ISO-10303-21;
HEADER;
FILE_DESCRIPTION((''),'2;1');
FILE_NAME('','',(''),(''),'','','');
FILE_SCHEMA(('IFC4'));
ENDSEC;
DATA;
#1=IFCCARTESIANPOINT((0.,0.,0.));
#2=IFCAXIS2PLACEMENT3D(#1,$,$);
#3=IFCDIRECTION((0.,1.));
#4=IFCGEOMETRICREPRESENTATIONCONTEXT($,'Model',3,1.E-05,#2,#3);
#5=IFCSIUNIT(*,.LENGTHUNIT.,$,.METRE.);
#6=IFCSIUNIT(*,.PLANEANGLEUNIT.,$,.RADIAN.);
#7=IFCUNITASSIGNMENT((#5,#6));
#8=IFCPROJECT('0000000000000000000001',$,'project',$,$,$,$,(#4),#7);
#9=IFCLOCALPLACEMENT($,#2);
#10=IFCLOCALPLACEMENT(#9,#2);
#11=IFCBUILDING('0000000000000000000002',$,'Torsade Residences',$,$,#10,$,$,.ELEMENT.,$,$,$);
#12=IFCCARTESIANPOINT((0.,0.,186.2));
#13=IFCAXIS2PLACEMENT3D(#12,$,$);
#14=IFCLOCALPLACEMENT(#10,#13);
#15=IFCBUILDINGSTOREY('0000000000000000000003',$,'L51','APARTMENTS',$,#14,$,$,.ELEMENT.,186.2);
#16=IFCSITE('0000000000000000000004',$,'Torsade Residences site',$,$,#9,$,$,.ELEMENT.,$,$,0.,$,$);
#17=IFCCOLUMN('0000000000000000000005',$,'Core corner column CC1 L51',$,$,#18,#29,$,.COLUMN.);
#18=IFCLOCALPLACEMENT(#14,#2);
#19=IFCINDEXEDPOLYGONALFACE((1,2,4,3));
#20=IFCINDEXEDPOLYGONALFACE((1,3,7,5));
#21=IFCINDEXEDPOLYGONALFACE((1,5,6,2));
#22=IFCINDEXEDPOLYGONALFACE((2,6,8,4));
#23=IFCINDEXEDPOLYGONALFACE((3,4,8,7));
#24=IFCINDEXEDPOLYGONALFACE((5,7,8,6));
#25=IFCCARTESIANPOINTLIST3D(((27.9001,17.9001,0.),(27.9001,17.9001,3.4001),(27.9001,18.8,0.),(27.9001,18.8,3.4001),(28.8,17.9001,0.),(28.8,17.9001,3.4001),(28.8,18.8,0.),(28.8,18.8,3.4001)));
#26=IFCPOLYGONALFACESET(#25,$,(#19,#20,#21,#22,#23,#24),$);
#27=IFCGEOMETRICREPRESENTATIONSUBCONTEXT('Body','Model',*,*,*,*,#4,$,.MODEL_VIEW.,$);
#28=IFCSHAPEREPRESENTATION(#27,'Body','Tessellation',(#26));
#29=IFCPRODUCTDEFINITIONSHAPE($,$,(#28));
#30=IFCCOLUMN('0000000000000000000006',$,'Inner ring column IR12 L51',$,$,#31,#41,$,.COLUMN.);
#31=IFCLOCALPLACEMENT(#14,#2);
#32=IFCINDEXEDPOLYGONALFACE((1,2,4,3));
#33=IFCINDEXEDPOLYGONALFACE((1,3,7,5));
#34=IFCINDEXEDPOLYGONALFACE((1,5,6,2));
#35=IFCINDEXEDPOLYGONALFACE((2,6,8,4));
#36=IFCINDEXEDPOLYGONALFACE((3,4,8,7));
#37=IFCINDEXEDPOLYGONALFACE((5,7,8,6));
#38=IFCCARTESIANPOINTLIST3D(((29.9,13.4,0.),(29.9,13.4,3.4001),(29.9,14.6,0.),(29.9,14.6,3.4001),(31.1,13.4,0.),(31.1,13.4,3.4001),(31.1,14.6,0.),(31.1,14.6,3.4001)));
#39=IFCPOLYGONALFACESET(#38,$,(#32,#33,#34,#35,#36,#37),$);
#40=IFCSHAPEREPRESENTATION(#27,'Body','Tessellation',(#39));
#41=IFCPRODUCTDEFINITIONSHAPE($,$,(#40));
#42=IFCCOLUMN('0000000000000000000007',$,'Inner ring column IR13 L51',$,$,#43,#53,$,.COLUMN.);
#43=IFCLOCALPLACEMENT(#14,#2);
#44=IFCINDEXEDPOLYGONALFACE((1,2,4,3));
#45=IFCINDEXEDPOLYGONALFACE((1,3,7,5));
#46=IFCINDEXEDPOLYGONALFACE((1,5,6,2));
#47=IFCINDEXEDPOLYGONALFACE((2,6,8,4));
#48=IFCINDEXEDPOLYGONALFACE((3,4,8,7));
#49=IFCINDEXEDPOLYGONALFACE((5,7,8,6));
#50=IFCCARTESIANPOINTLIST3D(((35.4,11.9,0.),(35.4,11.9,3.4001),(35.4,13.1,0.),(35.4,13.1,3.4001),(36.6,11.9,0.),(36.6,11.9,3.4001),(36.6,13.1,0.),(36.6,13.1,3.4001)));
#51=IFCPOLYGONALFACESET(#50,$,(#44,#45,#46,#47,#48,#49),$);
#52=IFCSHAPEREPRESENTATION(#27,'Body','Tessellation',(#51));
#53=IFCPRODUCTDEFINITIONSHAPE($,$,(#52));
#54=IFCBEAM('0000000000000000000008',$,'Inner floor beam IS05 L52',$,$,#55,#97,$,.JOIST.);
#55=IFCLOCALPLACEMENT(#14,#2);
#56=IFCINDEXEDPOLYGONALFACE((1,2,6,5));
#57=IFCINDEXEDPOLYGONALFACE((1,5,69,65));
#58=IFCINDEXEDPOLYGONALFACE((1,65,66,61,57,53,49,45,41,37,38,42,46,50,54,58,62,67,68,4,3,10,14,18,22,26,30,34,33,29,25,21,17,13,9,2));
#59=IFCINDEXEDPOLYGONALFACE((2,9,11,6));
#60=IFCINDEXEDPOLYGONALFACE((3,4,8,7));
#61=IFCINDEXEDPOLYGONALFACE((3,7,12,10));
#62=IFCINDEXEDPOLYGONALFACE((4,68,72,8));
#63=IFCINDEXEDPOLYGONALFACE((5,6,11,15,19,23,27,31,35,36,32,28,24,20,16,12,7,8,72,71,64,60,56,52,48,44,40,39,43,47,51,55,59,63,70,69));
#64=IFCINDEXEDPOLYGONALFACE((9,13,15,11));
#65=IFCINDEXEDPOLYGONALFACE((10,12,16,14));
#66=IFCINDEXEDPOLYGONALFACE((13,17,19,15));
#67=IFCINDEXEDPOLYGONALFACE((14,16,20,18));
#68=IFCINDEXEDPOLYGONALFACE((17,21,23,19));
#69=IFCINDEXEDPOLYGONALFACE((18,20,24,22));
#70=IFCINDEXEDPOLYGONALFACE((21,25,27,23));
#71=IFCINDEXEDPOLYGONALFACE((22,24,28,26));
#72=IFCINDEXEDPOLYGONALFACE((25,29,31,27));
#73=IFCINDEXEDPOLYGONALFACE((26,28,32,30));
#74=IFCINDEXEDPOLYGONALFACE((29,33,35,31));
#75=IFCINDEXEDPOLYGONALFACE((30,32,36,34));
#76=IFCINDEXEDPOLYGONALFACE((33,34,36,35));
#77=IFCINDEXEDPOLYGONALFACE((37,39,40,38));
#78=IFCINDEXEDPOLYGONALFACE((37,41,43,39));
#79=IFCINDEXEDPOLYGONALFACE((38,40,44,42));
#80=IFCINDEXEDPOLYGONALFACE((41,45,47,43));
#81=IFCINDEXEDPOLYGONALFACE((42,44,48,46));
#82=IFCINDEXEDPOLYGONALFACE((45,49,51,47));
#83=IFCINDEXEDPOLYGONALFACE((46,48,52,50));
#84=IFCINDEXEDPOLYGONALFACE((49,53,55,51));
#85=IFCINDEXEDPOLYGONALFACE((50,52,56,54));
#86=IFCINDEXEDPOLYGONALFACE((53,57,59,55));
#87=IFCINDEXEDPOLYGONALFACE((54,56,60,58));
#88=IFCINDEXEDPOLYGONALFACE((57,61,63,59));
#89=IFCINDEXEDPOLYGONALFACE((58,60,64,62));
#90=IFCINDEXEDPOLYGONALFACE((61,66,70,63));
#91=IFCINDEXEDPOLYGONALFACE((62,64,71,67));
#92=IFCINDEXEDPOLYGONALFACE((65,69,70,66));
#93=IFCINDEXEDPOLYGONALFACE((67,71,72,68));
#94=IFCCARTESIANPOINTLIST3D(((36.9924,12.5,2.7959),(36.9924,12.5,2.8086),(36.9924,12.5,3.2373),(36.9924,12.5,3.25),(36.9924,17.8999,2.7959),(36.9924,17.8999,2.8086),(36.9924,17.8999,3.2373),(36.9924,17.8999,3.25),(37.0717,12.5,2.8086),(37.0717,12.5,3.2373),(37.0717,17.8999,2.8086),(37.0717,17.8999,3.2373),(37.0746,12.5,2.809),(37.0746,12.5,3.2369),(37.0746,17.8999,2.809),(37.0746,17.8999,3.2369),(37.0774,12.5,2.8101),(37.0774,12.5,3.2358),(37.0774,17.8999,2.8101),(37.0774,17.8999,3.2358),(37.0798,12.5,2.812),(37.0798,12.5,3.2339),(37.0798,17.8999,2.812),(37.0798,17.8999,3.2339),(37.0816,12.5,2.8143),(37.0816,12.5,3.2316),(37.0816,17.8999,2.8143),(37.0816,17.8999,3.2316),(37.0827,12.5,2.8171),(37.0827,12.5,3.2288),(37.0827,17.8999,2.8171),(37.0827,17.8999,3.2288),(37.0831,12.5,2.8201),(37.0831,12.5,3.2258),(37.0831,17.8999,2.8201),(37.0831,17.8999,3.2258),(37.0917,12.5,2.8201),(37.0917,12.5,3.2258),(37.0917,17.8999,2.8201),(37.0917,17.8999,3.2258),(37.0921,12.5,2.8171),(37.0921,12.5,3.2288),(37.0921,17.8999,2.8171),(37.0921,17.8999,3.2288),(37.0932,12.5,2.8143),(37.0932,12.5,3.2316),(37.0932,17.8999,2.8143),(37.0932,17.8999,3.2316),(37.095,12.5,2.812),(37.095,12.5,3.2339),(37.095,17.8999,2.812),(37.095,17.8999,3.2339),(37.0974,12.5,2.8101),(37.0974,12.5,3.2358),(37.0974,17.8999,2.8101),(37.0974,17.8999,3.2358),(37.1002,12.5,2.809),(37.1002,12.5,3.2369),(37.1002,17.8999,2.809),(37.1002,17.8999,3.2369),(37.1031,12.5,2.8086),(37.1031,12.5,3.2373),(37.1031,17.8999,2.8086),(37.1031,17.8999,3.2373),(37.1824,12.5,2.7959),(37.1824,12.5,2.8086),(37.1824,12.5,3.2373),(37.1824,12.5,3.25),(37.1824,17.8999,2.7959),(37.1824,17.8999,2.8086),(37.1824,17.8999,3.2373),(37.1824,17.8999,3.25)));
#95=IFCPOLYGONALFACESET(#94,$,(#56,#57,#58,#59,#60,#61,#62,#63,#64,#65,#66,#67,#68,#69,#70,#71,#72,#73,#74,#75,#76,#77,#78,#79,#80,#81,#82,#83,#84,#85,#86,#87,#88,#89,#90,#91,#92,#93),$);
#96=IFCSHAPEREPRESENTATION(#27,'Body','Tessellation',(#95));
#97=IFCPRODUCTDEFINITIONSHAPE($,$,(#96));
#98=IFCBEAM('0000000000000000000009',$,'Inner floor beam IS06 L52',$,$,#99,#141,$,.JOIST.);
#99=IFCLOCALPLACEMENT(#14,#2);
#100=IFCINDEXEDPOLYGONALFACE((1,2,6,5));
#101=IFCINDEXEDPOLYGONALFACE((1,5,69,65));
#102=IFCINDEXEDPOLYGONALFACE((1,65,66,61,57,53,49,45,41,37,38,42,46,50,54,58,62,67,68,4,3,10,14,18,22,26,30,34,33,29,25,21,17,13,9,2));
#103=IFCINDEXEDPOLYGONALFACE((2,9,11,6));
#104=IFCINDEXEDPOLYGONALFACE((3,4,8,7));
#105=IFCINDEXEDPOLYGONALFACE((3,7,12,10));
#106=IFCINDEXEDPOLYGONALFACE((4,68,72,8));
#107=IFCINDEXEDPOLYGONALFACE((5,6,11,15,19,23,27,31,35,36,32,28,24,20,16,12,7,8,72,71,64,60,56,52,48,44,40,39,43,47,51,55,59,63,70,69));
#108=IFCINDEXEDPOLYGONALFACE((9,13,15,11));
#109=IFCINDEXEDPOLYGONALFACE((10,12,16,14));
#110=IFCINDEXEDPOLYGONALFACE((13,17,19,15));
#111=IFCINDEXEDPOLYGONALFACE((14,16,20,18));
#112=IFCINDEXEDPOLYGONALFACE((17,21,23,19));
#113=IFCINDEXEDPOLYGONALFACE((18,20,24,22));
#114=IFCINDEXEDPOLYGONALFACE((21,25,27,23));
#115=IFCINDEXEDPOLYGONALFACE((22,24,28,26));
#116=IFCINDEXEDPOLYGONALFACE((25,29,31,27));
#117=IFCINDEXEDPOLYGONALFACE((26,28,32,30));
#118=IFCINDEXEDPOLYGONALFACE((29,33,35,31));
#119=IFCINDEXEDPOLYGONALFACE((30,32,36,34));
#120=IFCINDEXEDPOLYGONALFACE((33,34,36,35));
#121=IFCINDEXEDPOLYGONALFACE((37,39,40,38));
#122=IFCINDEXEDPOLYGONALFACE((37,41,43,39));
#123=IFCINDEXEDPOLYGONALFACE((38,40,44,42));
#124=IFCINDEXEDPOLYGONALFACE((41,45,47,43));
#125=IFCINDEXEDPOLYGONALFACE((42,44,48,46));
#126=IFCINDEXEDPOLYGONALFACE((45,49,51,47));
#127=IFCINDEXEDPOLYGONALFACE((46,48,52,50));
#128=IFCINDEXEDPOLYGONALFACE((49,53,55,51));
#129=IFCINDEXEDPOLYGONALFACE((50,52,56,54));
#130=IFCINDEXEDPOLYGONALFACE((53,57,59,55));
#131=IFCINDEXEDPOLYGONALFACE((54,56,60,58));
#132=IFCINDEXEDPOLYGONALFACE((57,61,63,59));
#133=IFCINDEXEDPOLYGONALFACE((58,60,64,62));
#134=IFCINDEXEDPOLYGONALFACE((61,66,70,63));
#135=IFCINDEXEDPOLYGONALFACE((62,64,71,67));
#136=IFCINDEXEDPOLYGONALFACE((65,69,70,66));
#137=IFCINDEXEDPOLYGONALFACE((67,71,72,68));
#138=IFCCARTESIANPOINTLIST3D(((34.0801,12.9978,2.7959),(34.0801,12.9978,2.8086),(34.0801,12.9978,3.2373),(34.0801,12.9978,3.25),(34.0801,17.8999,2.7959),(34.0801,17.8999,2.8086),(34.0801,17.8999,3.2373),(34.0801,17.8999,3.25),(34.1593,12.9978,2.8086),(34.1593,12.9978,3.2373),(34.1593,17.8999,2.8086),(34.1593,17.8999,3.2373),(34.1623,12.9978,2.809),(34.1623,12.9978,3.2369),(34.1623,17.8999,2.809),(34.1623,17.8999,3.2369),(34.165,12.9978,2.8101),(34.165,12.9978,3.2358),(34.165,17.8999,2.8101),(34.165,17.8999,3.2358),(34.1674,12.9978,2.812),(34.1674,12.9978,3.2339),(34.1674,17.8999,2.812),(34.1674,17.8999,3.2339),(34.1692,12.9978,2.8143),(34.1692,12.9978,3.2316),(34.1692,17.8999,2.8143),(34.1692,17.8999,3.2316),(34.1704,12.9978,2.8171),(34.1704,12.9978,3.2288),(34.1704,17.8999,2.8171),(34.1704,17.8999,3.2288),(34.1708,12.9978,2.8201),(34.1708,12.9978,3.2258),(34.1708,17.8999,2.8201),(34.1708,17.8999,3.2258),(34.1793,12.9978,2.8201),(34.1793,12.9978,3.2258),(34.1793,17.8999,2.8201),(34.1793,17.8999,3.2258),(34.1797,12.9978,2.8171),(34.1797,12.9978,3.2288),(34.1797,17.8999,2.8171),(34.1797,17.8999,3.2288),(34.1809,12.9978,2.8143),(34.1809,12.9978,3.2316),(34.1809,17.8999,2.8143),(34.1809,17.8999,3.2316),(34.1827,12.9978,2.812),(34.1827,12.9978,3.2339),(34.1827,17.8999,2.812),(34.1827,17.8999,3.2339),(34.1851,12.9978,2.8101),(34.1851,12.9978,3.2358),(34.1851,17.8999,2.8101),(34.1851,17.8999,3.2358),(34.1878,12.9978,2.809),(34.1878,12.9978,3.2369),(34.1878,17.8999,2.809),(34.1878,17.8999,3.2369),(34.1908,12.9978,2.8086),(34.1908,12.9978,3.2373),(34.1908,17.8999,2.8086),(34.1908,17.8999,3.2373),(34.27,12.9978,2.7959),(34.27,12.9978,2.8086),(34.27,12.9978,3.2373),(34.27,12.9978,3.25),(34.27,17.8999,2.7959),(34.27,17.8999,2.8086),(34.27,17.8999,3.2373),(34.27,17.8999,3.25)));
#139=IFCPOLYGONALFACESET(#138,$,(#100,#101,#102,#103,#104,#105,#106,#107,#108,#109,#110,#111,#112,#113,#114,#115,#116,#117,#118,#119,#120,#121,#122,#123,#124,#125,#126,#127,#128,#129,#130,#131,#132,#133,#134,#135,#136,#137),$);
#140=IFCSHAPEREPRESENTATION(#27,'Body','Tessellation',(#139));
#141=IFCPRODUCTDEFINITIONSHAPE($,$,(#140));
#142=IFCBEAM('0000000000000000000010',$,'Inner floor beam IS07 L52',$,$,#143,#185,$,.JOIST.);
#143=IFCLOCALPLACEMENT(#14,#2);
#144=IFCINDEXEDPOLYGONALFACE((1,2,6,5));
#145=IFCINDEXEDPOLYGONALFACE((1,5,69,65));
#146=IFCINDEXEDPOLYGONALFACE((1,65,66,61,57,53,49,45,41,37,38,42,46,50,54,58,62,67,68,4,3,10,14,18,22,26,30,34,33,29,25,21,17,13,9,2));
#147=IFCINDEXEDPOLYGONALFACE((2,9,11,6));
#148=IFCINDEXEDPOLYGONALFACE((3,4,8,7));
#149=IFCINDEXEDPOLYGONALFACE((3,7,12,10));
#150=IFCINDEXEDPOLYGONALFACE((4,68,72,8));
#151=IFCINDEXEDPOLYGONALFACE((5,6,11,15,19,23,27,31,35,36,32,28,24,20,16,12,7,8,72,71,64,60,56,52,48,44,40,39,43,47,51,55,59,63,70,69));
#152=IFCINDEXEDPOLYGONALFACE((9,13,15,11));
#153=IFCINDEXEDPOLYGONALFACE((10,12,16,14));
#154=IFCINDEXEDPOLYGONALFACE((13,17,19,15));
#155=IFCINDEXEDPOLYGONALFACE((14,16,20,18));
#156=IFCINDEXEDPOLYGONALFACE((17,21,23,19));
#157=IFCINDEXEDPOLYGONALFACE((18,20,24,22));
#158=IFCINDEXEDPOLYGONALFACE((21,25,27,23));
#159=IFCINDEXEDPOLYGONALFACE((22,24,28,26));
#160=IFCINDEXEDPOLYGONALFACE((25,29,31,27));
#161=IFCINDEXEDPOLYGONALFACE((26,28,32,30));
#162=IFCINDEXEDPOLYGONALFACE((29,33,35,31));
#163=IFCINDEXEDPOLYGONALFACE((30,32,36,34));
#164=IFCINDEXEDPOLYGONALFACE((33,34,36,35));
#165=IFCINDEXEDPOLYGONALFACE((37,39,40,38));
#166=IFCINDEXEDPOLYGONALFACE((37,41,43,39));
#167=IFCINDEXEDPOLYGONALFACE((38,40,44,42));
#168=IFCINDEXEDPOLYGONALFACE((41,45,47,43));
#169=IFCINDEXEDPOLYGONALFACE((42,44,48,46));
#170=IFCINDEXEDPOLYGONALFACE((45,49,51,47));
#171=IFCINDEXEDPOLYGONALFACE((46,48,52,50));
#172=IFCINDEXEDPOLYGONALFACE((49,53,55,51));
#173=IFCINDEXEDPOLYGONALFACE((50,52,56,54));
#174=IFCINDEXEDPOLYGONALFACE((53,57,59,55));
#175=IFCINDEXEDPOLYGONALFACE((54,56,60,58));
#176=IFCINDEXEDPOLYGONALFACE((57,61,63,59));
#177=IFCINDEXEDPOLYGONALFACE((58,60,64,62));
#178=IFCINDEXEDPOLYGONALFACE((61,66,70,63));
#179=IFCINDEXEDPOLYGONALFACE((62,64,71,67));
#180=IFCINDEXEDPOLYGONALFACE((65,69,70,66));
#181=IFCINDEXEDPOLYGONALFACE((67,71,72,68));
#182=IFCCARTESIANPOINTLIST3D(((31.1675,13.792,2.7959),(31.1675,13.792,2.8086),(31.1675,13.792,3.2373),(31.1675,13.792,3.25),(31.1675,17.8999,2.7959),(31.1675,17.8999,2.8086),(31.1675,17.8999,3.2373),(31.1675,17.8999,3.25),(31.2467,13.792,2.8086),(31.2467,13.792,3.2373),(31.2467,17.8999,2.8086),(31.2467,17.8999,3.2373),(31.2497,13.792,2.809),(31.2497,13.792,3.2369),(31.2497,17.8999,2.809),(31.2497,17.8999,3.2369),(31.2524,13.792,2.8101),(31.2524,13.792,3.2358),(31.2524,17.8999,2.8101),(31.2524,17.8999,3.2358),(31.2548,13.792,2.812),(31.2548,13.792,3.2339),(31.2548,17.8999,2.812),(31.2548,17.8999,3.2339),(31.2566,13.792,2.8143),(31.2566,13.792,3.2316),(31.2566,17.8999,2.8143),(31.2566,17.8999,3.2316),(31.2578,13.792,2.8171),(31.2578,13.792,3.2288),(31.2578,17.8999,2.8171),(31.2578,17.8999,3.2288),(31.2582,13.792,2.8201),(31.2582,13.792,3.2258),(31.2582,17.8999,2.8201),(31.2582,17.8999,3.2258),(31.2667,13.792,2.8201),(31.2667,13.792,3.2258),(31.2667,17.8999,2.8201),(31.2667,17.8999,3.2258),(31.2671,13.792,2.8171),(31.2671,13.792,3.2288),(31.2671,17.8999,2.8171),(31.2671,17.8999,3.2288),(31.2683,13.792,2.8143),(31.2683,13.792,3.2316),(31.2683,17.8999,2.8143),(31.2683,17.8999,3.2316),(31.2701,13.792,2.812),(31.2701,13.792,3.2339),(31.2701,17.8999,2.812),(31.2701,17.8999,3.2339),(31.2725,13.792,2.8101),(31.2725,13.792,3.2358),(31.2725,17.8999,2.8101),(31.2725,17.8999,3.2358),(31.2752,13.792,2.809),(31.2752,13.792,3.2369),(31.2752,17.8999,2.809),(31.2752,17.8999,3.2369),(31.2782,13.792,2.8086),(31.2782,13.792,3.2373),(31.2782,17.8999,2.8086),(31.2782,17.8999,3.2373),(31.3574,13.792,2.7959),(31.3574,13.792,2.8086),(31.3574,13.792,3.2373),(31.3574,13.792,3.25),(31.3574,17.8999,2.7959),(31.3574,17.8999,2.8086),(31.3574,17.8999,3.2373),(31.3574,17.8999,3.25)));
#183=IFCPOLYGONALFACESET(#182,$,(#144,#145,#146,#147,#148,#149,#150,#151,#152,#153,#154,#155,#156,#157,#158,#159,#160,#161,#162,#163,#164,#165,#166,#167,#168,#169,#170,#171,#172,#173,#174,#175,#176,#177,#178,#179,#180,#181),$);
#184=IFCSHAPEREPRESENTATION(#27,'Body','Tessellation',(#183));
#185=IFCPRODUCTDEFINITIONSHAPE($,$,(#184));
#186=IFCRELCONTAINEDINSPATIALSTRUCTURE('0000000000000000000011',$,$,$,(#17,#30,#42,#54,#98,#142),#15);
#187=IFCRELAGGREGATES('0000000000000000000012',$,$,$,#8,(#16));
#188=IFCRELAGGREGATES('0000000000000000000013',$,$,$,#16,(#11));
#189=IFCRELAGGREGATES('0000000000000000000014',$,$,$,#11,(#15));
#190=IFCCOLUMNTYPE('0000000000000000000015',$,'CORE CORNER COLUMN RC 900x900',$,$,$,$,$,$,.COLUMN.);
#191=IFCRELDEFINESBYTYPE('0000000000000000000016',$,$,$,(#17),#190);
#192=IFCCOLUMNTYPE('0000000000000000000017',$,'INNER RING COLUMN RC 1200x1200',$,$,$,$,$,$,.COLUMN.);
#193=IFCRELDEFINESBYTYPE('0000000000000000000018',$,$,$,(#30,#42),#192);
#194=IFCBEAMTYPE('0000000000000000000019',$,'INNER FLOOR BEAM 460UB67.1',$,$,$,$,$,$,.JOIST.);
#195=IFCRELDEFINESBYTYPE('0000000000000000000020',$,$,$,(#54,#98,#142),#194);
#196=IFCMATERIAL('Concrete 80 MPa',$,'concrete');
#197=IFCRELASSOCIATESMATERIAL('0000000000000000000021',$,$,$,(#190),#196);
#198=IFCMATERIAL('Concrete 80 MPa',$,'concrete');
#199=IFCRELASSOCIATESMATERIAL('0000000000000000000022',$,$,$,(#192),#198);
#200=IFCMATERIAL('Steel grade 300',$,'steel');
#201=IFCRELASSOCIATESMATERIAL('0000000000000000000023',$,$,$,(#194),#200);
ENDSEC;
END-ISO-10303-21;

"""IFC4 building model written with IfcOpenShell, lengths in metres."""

from ifc_helpers import new_model, si_unit, direction, frame, origin, origin_2d, place, context, subcontext, project, spatial, rectangle, i_section, extrude, material, material_profile, profile_set, type_object, element, save


model = new_model("IFC4")

# Units and contexts
model_context = context("Model", 3, precision=1e-05, world=origin(), true_north=direction((0.0, 1.0)))
body_context = subcontext(model_context, "Body", "Model", "MODEL_VIEW")
ifc_project = project(units=[si_unit("LENGTHUNIT", "METRE"), si_unit("PLANEANGLEUNIT", "RADIAN")], contexts=[model_context])

# Site, building, storey
site_placement = place(None, origin())
site = spatial("IfcSite", under=ifc_project, at=site_placement, Name="Torsade Residences site", CompositionType="ELEMENT", RefElevation=0.0)
building_placement = place(site_placement, origin())
building = spatial("IfcBuilding", under=site, at=building_placement, Name="Torsade Residences", CompositionType="ELEMENT")
storey_placement = place(building_placement, frame((0.0, 0.0, 186.2)))
storey = spatial("IfcBuildingStorey", under=building, at=storey_placement, Name="L51", Description="APARTMENTS", CompositionType="ELEMENT", Elevation=186.2)

# Columns
ifc_material_1 = material(Name="Concrete 80 MPa", Category="concrete")
ifc_material_profile_1 = material_profile(ifc_material_1, rectangle(XDim=0.8999, YDim=0.8999, at=origin_2d()), Name="RC 900x900")
ifc_profile_set_1 = profile_set([ifc_material_profile_1], Name="Concrete 80 MPa")
column_type_1 = type_object("IfcColumnType", Name="CORE CORNER COLUMN RC 900x900", PredefinedType="COLUMN", material=ifc_profile_set_1)
column_placement = place(storey_placement, frame((28.3501, 18.3501, 0.0), z_axis=(0.0, 0.0, 1.0), x_axis=(1.0, 0.0, 0.0)))
element("IfcColumn", 1, at=column_placement, inside=storey, type_object=column_type_1, Name="Core corner column CC1 L51", PredefinedType="COLUMN", context=body_context, shape_type="SweptSolid", body=[
    extrude(rectangle(XDim=0.8999, YDim=0.8999, at=origin_2d()), origin(), (0.0, 0.0, 1.0), 3.4001),
])
ifc_material_2 = material(Name="Concrete 80 MPa", Category="concrete")
ifc_material_profile_2 = material_profile(ifc_material_2, rectangle(XDim=1.2, YDim=1.2, at=origin_2d()), Name="RC 1200x1200")
ifc_profile_set_2 = profile_set([ifc_material_profile_2], Name="Concrete 80 MPa")
column_type_2 = type_object("IfcColumnType", Name="INNER RING COLUMN RC 1200x1200", PredefinedType="COLUMN", material=ifc_profile_set_2)
for number, where, z_axis, x_axis, name in (
    (2, (30.5, 14.0, 0.0), (0.0, 0.0, 1.0), (1.0, 0.0, 0.0), "Inner ring column IR12 L51"),
    (3, (36.0, 12.5, 0.0), (0.0, 0.0, 1.0), (1.0, 0.0, 0.0), "Inner ring column IR13 L51"),
):
    element("IfcColumn", number, at=place(storey_placement, frame(where, z_axis=z_axis, x_axis=x_axis)), inside=storey, type_object=column_type_2, Name=name, PredefinedType="COLUMN", context=body_context, shape_type="SweptSolid", body=[
        extrude(rectangle(XDim=1.2, YDim=1.2, at=origin_2d()), origin(), (0.0, 0.0, 1.0), 3.4001),
    ])

# Beams
ifc_material_3 = material(Name="Steel grade 300", Category="steel")
ifc_material_profile_3 = material_profile(ifc_material_3, i_section(OverallWidth=0.1899, OverallDepth=0.4541, WebThickness=0.0085, FlangeThickness=0.0127, FilletRadius=0.0115, at=origin_2d()), Name="460UB67.1")
ifc_profile_set_3 = profile_set([ifc_material_profile_3], Name="Steel grade 300")
beam_type_1 = type_object("IfcBeamType", Name="INNER FLOOR BEAM 460UB67.1", PredefinedType="JOIST", material=ifc_profile_set_3)
beam_1_placement = place(storey_placement, frame((37.0874, 17.8999, 3.0229), z_axis=(0.0, -1.0, 0.0), x_axis=(1.0, 0.0, 0.0)))
element("IfcBeam", 4, at=beam_1_placement, inside=storey, type_object=beam_type_1, Name="Inner floor beam IS05 L52", PredefinedType="JOIST", context=body_context, shape_type="SweptSolid", body=[
    extrude(i_section(OverallWidth=0.1899, OverallDepth=0.4541, WebThickness=0.0085, FlangeThickness=0.0127, FilletRadius=0.0115, at=origin_2d()), origin(), (0.0, 0.0, 1.0), 5.3999),
])
beam_2_placement = place(storey_placement, frame((34.175, 17.8999, 3.0229), z_axis=(0.0, -1.0, 0.0), x_axis=(1.0, 0.0, 0.0)))
element("IfcBeam", 5, at=beam_2_placement, inside=storey, type_object=beam_type_1, Name="Inner floor beam IS06 L52", PredefinedType="JOIST", context=body_context, shape_type="SweptSolid", body=[
    extrude(i_section(OverallWidth=0.1899, OverallDepth=0.4541, WebThickness=0.0085, FlangeThickness=0.0127, FilletRadius=0.0115, at=origin_2d()), origin(), (0.0, 0.0, 1.0), 4.9021),
])
beam_3_placement = place(storey_placement, frame((31.2625, 17.8999, 3.0229), z_axis=(0.0, -1.0, 0.0), x_axis=(1.0, 0.0, 0.0)))
element("IfcBeam", 6, at=beam_3_placement, inside=storey, type_object=beam_type_1, Name="Inner floor beam IS07 L52", PredefinedType="JOIST", context=body_context, shape_type="SweptSolid", body=[
    extrude(i_section(OverallWidth=0.1899, OverallDepth=0.4541, WebThickness=0.0085, FlangeThickness=0.0127, FilletRadius=0.0115, at=origin_2d()), origin(), (0.0, 0.0, 1.0), 4.1079),
])

save(model, "model.ifc")
